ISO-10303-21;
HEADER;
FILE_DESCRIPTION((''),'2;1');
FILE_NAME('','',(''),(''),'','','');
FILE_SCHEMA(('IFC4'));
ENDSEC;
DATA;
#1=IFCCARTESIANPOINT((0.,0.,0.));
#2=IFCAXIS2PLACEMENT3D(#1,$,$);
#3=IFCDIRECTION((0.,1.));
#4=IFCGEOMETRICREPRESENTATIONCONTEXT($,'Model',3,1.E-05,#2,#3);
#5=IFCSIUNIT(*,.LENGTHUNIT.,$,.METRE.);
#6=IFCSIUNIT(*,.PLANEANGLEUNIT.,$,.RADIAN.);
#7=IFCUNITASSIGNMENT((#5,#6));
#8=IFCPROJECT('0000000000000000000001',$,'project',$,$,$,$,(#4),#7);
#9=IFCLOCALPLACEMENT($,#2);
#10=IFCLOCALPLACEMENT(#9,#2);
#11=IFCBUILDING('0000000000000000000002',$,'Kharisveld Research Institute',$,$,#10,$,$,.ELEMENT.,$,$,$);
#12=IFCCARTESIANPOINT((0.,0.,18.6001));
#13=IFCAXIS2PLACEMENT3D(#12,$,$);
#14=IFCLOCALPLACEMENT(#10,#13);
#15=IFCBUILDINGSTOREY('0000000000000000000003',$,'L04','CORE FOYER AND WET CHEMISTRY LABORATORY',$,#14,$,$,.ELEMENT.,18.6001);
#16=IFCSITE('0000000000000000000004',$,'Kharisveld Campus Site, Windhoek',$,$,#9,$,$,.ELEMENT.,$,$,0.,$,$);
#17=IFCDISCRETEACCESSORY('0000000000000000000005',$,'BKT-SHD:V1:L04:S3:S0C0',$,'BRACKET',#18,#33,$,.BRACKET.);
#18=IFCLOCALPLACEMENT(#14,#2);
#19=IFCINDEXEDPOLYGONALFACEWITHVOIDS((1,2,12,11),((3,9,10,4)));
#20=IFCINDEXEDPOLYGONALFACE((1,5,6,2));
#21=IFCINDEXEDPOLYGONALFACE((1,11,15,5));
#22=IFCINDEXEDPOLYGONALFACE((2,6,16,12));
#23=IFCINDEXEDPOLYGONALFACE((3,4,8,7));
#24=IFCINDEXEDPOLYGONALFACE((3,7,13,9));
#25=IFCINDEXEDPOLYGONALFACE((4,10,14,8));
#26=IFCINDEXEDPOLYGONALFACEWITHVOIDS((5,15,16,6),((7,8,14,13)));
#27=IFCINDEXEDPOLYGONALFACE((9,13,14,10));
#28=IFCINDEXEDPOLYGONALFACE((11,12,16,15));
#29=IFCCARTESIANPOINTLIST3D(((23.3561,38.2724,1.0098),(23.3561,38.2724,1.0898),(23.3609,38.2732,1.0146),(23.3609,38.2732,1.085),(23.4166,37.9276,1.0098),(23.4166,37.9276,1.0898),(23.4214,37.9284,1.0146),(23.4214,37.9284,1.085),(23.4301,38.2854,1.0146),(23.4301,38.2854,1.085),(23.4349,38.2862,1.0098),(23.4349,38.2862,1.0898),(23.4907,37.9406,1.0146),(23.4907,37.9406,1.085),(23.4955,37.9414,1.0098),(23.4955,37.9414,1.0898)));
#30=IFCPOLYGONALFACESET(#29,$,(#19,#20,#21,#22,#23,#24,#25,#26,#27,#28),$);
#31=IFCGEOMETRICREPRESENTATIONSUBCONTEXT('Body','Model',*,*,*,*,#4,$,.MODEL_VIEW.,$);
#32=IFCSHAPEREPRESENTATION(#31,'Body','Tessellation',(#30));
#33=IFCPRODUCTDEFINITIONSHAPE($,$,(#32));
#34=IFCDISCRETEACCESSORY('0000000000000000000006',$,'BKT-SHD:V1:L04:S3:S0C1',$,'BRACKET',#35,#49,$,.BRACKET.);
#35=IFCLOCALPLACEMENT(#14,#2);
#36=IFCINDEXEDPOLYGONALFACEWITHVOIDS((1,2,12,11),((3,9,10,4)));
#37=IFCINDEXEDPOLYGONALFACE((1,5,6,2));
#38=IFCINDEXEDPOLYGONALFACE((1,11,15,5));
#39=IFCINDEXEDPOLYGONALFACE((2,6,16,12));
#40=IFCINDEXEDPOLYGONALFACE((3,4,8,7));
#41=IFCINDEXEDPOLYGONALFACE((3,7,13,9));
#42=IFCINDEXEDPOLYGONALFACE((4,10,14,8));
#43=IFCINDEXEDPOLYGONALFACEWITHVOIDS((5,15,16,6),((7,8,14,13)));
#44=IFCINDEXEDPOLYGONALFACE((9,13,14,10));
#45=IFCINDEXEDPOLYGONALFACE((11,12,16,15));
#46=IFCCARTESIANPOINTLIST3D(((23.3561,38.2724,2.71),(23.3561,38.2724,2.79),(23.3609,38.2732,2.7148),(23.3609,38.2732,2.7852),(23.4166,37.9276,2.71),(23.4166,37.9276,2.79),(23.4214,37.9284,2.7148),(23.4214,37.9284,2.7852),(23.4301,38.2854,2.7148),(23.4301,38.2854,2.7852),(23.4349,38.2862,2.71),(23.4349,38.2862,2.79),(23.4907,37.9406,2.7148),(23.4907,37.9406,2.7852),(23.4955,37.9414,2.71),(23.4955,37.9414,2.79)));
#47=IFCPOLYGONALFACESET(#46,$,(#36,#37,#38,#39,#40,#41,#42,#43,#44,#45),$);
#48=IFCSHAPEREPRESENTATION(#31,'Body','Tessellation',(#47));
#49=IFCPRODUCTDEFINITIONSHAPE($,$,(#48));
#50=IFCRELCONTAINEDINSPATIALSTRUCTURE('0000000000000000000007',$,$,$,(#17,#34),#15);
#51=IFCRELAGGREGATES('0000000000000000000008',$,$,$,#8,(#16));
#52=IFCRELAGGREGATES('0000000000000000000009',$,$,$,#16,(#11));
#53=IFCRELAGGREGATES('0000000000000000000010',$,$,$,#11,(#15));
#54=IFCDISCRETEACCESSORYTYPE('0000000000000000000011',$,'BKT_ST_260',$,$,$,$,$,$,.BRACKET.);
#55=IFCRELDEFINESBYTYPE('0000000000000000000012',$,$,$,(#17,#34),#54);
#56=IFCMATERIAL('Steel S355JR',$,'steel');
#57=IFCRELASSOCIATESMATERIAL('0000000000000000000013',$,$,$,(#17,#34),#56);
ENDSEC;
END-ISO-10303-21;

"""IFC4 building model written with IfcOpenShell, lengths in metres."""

from ifc_helpers import new_model, si_unit, direction, frame, origin, origin_2d, place, context, subcontext, project, spatial, hollow_rectangle, extrude, material, type_object, element, save


model = new_model("IFC4")

# Units and contexts
model_context = context("Model", 3, precision=1e-05, world=origin(), true_north=direction((0.0, 1.0)))
body_context = subcontext(model_context, "Body", "Model", "MODEL_VIEW")
ifc_project = project(units=[si_unit("LENGTHUNIT", "METRE"), si_unit("PLANEANGLEUNIT", "RADIAN")], contexts=[model_context])

# Site, building, storey
site_placement = place(None, origin())
site = spatial("IfcSite", under=ifc_project, at=site_placement, Name="Kharisveld Campus Site, Windhoek", CompositionType="ELEMENT", RefElevation=0.0)
building_placement = place(site_placement, origin())
building = spatial("IfcBuilding", under=site, at=building_placement, Name="Kharisveld Research Institute", CompositionType="ELEMENT")
storey_placement = place(building_placement, frame((0.0, 0.0, 18.6001)))
storey = spatial("IfcBuildingStorey", under=building, at=storey_placement, Name="L04", Description="CORE FOYER AND WET CHEMISTRY LABORATORY", CompositionType="ELEMENT", Elevation=18.6001)

# Discrete accessories
ifc_material_1 = material(Name="Steel S355JR", Category="steel")
discrete_accessory_type = type_object("IfcDiscreteAccessoryType", Name="BKT_ST_260", PredefinedType="BRACKET")
for number, where, z_axis, x_axis, name in (
    (1, (23.3955, 38.2793, 1.0498), (0.172989, -0.984924, 0.0), (0.984924, 0.172989, 0.0), "BKT-SHD:V1:L04:S3:S0C0"),
    (2, (23.3955, 38.2793, 2.75), (0.172989, -0.984924, 0.0), (0.984924, 0.172989, 0.0), "BKT-SHD:V1:L04:S3:S0C1"),
):
    element("IfcDiscreteAccessory", number, at=place(storey_placement, frame(where, z_axis=z_axis, x_axis=x_axis)), inside=storey, type_object=discrete_accessory_type, material=ifc_material_1, Name=name, ObjectType="BRACKET", PredefinedType="BRACKET", context=body_context, shape_type="SweptSolid", body=[
        extrude(hollow_rectangle(XDim=0.0801, YDim=0.0801, WallThickness=0.0049, at=origin_2d()), origin(), (0.0, 0.0, 1.0), 0.3501),
    ])

save(model, "model.ifc")
